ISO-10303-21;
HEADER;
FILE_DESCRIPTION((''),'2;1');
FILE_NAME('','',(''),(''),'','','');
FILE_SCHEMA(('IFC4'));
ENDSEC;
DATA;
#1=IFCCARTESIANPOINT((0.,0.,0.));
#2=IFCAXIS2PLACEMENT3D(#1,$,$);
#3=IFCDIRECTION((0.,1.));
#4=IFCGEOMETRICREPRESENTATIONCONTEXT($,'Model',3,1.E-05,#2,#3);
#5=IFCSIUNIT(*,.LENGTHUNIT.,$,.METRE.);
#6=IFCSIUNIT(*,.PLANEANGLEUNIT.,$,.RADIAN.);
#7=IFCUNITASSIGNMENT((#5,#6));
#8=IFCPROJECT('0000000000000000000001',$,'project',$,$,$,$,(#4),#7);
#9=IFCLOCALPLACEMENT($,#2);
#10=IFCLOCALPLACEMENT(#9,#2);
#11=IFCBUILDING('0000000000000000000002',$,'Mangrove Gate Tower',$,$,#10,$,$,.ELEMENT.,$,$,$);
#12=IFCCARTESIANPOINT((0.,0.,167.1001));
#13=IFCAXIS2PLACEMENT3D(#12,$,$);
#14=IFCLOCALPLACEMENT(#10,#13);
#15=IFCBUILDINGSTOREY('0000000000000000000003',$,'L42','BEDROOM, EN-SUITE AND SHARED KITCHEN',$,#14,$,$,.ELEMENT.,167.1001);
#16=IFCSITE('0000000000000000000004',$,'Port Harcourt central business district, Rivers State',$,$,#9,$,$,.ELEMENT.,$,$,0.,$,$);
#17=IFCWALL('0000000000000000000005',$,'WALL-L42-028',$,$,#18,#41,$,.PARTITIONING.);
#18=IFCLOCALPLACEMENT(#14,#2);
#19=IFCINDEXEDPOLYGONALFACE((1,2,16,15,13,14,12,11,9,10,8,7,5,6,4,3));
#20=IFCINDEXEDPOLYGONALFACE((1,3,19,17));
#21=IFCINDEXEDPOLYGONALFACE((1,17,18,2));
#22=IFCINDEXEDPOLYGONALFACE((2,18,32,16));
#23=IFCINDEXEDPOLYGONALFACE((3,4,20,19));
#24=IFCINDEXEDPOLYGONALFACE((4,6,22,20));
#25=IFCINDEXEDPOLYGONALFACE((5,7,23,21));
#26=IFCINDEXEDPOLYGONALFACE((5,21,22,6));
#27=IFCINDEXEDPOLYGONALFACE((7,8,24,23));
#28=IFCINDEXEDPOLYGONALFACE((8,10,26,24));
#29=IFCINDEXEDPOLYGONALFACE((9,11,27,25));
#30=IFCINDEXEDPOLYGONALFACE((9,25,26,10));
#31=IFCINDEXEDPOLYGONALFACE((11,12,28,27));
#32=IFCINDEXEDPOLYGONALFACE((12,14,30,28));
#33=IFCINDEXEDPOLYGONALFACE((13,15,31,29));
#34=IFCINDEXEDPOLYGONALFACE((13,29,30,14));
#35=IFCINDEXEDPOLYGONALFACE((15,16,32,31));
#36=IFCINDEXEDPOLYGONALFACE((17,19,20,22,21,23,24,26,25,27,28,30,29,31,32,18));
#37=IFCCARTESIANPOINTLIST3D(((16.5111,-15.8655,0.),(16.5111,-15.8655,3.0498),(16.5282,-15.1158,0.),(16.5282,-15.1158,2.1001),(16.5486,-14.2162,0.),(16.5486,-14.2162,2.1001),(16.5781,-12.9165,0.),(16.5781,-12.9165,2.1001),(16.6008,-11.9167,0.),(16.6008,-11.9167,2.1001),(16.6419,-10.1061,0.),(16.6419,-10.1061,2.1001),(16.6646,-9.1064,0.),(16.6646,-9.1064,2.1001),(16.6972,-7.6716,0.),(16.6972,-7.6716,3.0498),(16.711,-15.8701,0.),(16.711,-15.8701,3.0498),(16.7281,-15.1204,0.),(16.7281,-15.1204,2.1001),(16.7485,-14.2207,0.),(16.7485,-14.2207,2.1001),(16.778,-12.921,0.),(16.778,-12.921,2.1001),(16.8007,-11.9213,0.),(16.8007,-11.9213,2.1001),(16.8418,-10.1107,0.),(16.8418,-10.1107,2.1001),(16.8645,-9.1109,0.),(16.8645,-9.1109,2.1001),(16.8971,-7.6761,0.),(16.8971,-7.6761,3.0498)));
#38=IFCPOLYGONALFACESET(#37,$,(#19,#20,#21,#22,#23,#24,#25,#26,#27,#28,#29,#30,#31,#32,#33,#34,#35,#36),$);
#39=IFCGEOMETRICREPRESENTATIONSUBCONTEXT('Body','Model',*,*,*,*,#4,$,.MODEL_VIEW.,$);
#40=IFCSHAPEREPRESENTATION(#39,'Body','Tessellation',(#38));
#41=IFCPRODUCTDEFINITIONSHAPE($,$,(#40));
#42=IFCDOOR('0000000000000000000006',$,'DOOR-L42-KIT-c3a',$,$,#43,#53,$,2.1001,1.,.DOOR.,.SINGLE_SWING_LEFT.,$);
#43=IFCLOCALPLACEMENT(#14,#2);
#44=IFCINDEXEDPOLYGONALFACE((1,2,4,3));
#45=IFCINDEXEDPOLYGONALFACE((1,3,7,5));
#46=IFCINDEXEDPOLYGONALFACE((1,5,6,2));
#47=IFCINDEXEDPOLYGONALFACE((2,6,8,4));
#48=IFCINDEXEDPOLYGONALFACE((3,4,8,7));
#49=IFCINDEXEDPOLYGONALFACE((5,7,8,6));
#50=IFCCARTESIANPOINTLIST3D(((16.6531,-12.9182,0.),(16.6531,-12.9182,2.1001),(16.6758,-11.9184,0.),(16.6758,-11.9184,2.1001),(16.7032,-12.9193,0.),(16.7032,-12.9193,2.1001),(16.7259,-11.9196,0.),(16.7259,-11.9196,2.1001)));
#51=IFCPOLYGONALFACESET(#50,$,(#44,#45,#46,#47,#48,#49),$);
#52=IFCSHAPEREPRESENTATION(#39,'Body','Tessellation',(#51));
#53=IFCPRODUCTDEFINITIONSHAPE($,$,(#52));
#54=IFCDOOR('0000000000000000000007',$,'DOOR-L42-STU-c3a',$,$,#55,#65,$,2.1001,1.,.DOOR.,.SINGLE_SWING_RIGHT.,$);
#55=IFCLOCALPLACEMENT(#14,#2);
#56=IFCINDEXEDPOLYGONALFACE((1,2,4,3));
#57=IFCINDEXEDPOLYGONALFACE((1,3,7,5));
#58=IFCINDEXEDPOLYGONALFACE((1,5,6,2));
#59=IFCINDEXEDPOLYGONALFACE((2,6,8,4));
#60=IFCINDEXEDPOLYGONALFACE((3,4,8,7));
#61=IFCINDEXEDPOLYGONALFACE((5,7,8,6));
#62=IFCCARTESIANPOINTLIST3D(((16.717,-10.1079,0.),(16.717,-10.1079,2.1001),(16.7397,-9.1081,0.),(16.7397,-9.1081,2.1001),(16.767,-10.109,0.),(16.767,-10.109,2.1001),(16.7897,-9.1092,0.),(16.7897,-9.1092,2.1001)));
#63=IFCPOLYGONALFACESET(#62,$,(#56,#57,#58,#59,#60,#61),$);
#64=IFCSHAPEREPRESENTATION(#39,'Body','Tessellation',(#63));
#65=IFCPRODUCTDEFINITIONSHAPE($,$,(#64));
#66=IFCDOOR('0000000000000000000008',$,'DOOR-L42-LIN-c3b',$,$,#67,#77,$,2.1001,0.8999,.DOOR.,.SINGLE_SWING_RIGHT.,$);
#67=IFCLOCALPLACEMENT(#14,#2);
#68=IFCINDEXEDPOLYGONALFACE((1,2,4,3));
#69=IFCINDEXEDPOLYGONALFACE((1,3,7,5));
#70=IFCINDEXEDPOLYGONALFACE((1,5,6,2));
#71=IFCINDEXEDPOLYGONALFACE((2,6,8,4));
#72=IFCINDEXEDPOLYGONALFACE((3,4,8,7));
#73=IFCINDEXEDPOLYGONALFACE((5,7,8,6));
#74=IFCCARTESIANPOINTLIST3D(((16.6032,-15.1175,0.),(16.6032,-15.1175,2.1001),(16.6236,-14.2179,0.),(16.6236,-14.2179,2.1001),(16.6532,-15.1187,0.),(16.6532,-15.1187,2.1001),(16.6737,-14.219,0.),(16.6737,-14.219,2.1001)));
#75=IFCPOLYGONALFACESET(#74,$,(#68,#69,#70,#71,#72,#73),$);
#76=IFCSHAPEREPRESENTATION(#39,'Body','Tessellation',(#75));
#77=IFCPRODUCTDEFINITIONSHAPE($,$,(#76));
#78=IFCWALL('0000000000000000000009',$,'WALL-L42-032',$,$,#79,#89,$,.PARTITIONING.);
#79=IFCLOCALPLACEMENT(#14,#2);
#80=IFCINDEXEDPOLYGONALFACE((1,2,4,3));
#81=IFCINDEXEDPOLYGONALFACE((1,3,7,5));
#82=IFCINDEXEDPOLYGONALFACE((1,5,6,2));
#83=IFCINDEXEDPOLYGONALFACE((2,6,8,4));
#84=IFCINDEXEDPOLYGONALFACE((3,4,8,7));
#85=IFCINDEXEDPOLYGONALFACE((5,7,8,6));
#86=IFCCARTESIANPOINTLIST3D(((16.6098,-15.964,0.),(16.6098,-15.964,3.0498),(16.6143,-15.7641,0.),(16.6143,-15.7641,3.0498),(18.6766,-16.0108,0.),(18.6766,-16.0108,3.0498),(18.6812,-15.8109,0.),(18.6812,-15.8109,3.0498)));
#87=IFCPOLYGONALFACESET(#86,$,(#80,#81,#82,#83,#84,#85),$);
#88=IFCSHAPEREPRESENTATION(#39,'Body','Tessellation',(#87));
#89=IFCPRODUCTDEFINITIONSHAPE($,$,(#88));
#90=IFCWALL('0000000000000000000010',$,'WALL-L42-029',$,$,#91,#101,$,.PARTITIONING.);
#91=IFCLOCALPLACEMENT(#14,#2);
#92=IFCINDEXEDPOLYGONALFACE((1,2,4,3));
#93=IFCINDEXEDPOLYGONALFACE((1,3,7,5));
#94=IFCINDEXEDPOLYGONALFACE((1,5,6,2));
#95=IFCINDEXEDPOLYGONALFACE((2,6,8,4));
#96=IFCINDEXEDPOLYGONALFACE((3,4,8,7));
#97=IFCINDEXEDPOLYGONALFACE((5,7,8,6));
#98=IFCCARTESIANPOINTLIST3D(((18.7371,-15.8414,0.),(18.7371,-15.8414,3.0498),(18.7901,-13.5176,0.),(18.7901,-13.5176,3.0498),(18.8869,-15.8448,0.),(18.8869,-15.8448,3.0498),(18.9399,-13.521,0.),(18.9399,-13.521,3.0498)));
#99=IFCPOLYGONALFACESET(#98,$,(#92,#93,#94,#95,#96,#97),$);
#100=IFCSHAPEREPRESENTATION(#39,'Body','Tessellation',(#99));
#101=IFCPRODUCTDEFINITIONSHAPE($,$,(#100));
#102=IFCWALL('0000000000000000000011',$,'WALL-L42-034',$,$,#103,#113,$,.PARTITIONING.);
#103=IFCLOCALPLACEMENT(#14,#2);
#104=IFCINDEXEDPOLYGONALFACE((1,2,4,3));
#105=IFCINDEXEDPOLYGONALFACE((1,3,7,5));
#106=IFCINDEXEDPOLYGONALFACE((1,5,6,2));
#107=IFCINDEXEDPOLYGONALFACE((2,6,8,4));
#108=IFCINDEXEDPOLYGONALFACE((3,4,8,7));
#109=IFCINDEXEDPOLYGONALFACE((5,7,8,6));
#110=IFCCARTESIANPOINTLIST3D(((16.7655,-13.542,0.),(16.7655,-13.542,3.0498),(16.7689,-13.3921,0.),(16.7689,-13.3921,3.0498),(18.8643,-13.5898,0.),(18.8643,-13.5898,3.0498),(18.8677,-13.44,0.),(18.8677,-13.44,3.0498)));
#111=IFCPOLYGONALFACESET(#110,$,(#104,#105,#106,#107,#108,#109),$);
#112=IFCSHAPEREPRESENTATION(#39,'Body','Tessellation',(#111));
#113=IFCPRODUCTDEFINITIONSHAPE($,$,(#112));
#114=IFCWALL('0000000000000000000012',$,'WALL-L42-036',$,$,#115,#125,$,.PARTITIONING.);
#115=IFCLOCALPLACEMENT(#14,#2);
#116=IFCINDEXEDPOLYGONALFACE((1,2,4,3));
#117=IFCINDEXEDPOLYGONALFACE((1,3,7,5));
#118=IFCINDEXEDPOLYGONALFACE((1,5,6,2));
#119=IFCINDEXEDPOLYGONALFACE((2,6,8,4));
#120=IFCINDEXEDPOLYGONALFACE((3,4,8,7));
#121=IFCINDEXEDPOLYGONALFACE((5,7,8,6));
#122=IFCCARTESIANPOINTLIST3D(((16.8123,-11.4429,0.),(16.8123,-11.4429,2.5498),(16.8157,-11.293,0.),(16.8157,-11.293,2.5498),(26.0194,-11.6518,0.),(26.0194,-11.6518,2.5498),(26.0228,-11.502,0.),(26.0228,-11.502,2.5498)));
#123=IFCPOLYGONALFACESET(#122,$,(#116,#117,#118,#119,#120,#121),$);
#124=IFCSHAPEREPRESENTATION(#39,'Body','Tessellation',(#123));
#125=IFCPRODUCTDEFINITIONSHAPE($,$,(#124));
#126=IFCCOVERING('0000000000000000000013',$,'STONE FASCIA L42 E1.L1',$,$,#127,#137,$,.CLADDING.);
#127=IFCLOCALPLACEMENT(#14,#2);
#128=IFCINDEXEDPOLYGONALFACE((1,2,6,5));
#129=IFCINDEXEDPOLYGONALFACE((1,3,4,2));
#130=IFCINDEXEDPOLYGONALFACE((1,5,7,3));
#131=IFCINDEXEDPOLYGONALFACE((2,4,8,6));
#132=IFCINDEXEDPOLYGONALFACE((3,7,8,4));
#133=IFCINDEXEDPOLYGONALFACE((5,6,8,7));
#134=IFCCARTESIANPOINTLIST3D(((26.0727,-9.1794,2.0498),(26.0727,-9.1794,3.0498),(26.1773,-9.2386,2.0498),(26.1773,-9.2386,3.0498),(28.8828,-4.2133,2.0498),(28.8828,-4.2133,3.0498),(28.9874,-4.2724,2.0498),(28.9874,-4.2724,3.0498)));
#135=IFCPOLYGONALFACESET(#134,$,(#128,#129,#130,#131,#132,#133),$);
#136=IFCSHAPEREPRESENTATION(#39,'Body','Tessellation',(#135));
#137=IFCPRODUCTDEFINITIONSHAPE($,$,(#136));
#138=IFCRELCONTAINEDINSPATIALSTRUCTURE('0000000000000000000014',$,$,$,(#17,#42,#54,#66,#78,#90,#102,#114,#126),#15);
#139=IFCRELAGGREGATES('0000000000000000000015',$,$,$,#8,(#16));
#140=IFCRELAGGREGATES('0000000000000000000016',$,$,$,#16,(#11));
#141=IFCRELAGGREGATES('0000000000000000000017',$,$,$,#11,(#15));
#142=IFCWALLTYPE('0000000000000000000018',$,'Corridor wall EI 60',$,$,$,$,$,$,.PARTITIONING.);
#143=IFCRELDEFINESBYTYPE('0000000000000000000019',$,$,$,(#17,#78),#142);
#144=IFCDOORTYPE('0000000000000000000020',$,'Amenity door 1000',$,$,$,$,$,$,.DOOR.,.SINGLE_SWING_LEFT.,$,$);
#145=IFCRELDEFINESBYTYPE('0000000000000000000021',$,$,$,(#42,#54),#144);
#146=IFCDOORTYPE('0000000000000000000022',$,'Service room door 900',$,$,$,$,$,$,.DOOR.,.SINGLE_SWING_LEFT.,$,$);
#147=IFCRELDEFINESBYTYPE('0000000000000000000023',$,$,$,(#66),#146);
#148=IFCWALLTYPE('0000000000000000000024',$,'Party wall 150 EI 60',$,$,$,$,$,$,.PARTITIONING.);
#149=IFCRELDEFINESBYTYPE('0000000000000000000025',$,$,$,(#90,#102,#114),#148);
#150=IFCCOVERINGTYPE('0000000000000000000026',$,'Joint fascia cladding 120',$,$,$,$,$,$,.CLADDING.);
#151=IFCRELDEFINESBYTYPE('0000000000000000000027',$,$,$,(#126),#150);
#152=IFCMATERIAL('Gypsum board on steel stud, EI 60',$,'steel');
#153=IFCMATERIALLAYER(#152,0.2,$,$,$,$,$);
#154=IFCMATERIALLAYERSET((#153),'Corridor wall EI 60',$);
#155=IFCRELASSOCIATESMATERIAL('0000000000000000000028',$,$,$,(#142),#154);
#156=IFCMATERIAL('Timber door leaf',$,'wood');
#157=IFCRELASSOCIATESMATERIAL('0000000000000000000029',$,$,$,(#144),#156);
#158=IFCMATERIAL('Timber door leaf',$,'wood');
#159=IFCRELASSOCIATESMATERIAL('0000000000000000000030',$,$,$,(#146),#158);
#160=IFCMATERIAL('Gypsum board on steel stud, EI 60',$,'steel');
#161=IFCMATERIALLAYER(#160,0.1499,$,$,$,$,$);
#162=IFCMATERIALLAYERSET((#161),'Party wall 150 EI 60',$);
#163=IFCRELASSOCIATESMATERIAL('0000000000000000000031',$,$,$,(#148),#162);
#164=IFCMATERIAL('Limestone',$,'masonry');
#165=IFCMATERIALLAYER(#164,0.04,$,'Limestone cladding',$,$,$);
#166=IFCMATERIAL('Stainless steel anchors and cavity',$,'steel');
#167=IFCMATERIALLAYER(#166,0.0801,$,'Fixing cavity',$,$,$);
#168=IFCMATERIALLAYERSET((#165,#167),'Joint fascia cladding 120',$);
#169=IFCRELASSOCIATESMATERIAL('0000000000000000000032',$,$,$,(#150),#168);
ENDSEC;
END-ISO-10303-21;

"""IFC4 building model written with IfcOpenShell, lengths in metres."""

from ifc_helpers import new_model, si_unit, direction, frame, frame_2d, origin, place, context, subcontext, project, spatial, rectangle, extrude, material, layer, layer_set, type_object, element, fill, save


model = new_model("IFC4")

# Units and contexts
model_context = context("Model", 3, precision=1e-05, world=origin(), true_north=direction((0.0, 1.0)))
body_context = subcontext(model_context, "Body", "Model", "MODEL_VIEW")
ifc_project = project(units=[si_unit("LENGTHUNIT", "METRE"), si_unit("PLANEANGLEUNIT", "RADIAN")], contexts=[model_context])

# Site, building, storey
site_placement = place(None, origin())
site = spatial("IfcSite", under=ifc_project, at=site_placement, Name="Port Harcourt central business district, Rivers State", CompositionType="ELEMENT", RefElevation=0.0)
building_placement = place(site_placement, origin())
building = spatial("IfcBuilding", under=site, at=building_placement, Name="Mangrove Gate Tower", CompositionType="ELEMENT")
storey_placement = place(building_placement, frame((0.0, 0.0, 167.1001)))
storey = spatial("IfcBuildingStorey", under=building, at=storey_placement, Name="L42", Description="BEDROOM, EN-SUITE AND SHARED KITCHEN", CompositionType="ELEMENT", Elevation=167.1001)

# Wall, openings, doors
ifc_material_1 = material(Name="Gypsum board on steel stud, EI 60", Category="steel")
ifc_layer_1 = layer(ifc_material_1, 0.2)
ifc_layer_set_1 = layer_set([ifc_layer_1], Name="Corridor wall EI 60")
wall_type_1 = type_object("IfcWallType", Name="Corridor wall EI 60", PredefinedType="PARTITIONING", material=ifc_layer_set_1)
wall_1_placement = place(storey_placement, frame((16.6111, -15.8679, 0.0), z_axis=(0.0, 0.0, 1.0), x_axis=(0.022698, 0.999742, 0.0)))
wall_1 = element("IfcWall", 1, at=wall_1_placement, inside=storey, type_object=wall_type_1, Name="WALL-L42-028", PredefinedType="PARTITIONING", context=body_context, shape_type="SweptSolid", body=[
    extrude(rectangle(XDim=8.196, YDim=0.2, at=frame_2d((4.0981, 0.0))), origin(), (0.0, 0.0, 1.0), 3.0498),
])
opening_1_placement = place(wall_1_placement, frame((2.95, 0.0, 0.0)))
opening_1 = element("IfcOpeningElement", 2, at=opening_1_placement, cuts=wall_1, PredefinedType="OPENING", context=body_context, shape_type="SweptSolid", body=[
    extrude(rectangle(XDim=1.0, YDim=2.1001, at=frame_2d((0.5, 1.05))), frame((0.0, 0.1099, 0.0), z_axis=(0.0, -1.0, 0.0), x_axis=(1.0, 0.0, 0.0)), (0.0, 0.0, 1.0), 0.22),
])
opening_2_placement = place(wall_1_placement, frame((0.75, 0.0, 0.0)))
opening_2 = element("IfcOpeningElement", 3, at=opening_2_placement, cuts=wall_1, PredefinedType="OPENING", context=body_context, shape_type="SweptSolid", body=[
    extrude(rectangle(XDim=0.8999, YDim=2.1001, at=frame_2d((0.45, 1.05))), frame((0.0, 0.1099, 0.0), z_axis=(0.0, -1.0, 0.0), x_axis=(1.0, 0.0, 0.0)), (0.0, 0.0, 1.0), 0.22),
])
opening_3_placement = place(wall_1_placement, frame((5.761, 0.0, 0.0)))
opening_3 = element("IfcOpeningElement", 4, at=opening_3_placement, cuts=wall_1, PredefinedType="OPENING", context=body_context, shape_type="SweptSolid", body=[
    extrude(rectangle(XDim=1.0, YDim=2.1001, at=frame_2d((0.5, 1.05))), frame((0.0, 0.1099, 0.0), z_axis=(0.0, -1.0, 0.0), x_axis=(1.0, 0.0, 0.0)), (0.0, 0.0, 1.0), 0.22),
])
ifc_material_2 = material(Name="Timber door leaf", Category="wood")
door_type_1 = type_object("IfcDoorType", Name="Amenity door 1000", OperationType="SINGLE_SWING_LEFT", PredefinedType="DOOR", material=ifc_material_2)
door_1_placement = place(opening_1_placement, origin())
door_1 = element("IfcDoor", 5, at=door_1_placement, inside=storey, type_object=door_type_1, Name="DOOR-L42-KIT-c3a", OperationType="SINGLE_SWING_LEFT", OverallHeight=2.1001, OverallWidth=1.0, PredefinedType="DOOR", context=body_context, shape_type="SweptSolid", body=[
    extrude(rectangle(XDim=1.0, YDim=2.1001, at=frame_2d((0.5, 1.05))), frame((0.0, 0.0249, 0.0), z_axis=(0.0, -1.0, 0.0), x_axis=(1.0, 0.0, 0.0)), (0.0, 0.0, 1.0), 0.05),
])
fill(opening_1, door_1)
door_2_placement = place(opening_3_placement, origin())
door_2 = element("IfcDoor", 6, at=door_2_placement, inside=storey, type_object=door_type_1, Name="DOOR-L42-STU-c3a", OperationType="SINGLE_SWING_RIGHT", OverallHeight=2.1001, OverallWidth=1.0, PredefinedType="DOOR", context=body_context, shape_type="SweptSolid", body=[
    extrude(rectangle(XDim=1.0, YDim=2.1001, at=frame_2d((0.5, 1.05))), frame((0.0, 0.0249, 0.0), z_axis=(0.0, -1.0, 0.0), x_axis=(1.0, 0.0, 0.0)), (0.0, 0.0, 1.0), 0.05),
])
fill(opening_3, door_2)
ifc_material_3 = material(Name="Timber door leaf", Category="wood")
door_type_2 = type_object("IfcDoorType", Name="Service room door 900", OperationType="SINGLE_SWING_LEFT", PredefinedType="DOOR", material=ifc_material_3)
door_3_placement = place(opening_2_placement, origin())
door_3 = element("IfcDoor", 7, at=door_3_placement, inside=storey, type_object=door_type_2, Name="DOOR-L42-LIN-c3b", OperationType="SINGLE_SWING_RIGHT", OverallHeight=2.1001, OverallWidth=0.8999, PredefinedType="DOOR", context=body_context, shape_type="SweptSolid", body=[
    extrude(rectangle(XDim=0.8999, YDim=2.1001, at=frame_2d((0.45, 1.05))), frame((0.0, 0.0249, 0.0), z_axis=(0.0, -1.0, 0.0), x_axis=(1.0, 0.0, 0.0)), (0.0, 0.0, 1.0), 0.05),
])
fill(opening_2, door_3)

# Walls
wall_2_placement = place(storey_placement, frame((16.6121, -15.864, 0.0), z_axis=(0.0, 0.0, 1.0), x_axis=(0.999743, -0.022673, 0.0)))
element("IfcWall", 8, at=wall_2_placement, inside=storey, type_object=wall_type_1, Name="WALL-L42-032", PredefinedType="PARTITIONING", context=body_context, shape_type="SweptSolid", body=[
    extrude(rectangle(XDim=2.0674, YDim=0.2, at=frame_2d((1.0337, 0.0))), origin(), (0.0, 0.0, 1.0), 3.0498),
])
ifc_material_4 = material(Name="Gypsum board on steel stud, EI 60", Category="steel")
ifc_layer_2 = layer(ifc_material_4, 0.1499)
ifc_layer_set_2 = layer_set([ifc_layer_2], Name="Party wall 150 EI 60")
wall_type_2 = type_object("IfcWallType", Name="Party wall 150 EI 60", PredefinedType="PARTITIONING", material=ifc_layer_set_2)
wall_3_placement = place(storey_placement, frame((18.812, -15.843, 0.0), z_axis=(0.0, 0.0, 1.0), x_axis=(0.022791, 0.99974, 0.0)))
element("IfcWall", 9, at=wall_3_placement, inside=storey, type_object=wall_type_2, Name="WALL-L42-029", PredefinedType="PARTITIONING", context=body_context, shape_type="SweptSolid", body=[
    extrude(rectangle(XDim=2.3245, YDim=0.1499, at=frame_2d((1.1621, 0.0))), origin(), (0.0, 0.0, 1.0), 3.0498),
])
wall_4_placement = place(storey_placement, frame((16.7671, -13.467, 0.0), z_axis=(0.0, 0.0, 1.0), x_axis=(0.99974, -0.022793, 0.0)))
element("IfcWall", 10, at=wall_4_placement, inside=storey, type_object=wall_type_2, Name="WALL-L42-034", PredefinedType="PARTITIONING", context=body_context, shape_type="SweptSolid", body=[
    extrude(rectangle(XDim=2.0994, YDim=0.1499, at=frame_2d((1.0498, 0.0))), origin(), (0.0, 0.0, 1.0), 3.0498),
])
wall_5_placement = place(storey_placement, frame((16.814, -11.3679, 0.0), z_axis=(0.0, 0.0, 1.0), x_axis=(0.999742, -0.022693, 0.0)))
element("IfcWall", 11, at=wall_5_placement, inside=storey, type_object=wall_type_2, Name="WALL-L42-036", PredefinedType="PARTITIONING", context=body_context, shape_type="SweptSolid", body=[
    extrude(rectangle(XDim=9.2095, YDim=0.1499, at=frame_2d((4.6047, 0.0))), origin(), (0.0, 0.0, 1.0), 2.5498),
])

# Covering
ifc_material_5 = material(Name="Limestone", Category="masonry")
ifc_layer_3 = layer(ifc_material_5, 0.04, Name="Limestone cladding")
ifc_material_6 = material(Name="Stainless steel anchors and cavity", Category="steel")
ifc_layer_4 = layer(ifc_material_6, 0.0801, Name="Fixing cavity")
ifc_layer_set_3 = layer_set([ifc_layer_3, ifc_layer_4], Name="Joint fascia cladding 120")
covering_type = type_object("IfcCoveringType", Name="Joint fascia cladding 120", PredefinedType="CLADDING", material=ifc_layer_set_3)
covering_placement = place(storey_placement, frame((26.125, -9.209, 2.0498), z_axis=(0.0, 0.0, 1.0), x_axis=(0.492476, 0.870326, 0.0)))
element("IfcCovering", 12, at=covering_placement, inside=storey, type_object=covering_type, Name="STONE FASCIA L42 E1.L1", PredefinedType="CLADDING", context=body_context, shape_type="SweptSolid", body=[
    extrude(rectangle(XDim=5.7061, YDim=0.1201, at=frame_2d((2.853, 0.0))), origin(), (0.0, 0.0, 1.0), 1.0),
])

save(model, "model.ifc")
